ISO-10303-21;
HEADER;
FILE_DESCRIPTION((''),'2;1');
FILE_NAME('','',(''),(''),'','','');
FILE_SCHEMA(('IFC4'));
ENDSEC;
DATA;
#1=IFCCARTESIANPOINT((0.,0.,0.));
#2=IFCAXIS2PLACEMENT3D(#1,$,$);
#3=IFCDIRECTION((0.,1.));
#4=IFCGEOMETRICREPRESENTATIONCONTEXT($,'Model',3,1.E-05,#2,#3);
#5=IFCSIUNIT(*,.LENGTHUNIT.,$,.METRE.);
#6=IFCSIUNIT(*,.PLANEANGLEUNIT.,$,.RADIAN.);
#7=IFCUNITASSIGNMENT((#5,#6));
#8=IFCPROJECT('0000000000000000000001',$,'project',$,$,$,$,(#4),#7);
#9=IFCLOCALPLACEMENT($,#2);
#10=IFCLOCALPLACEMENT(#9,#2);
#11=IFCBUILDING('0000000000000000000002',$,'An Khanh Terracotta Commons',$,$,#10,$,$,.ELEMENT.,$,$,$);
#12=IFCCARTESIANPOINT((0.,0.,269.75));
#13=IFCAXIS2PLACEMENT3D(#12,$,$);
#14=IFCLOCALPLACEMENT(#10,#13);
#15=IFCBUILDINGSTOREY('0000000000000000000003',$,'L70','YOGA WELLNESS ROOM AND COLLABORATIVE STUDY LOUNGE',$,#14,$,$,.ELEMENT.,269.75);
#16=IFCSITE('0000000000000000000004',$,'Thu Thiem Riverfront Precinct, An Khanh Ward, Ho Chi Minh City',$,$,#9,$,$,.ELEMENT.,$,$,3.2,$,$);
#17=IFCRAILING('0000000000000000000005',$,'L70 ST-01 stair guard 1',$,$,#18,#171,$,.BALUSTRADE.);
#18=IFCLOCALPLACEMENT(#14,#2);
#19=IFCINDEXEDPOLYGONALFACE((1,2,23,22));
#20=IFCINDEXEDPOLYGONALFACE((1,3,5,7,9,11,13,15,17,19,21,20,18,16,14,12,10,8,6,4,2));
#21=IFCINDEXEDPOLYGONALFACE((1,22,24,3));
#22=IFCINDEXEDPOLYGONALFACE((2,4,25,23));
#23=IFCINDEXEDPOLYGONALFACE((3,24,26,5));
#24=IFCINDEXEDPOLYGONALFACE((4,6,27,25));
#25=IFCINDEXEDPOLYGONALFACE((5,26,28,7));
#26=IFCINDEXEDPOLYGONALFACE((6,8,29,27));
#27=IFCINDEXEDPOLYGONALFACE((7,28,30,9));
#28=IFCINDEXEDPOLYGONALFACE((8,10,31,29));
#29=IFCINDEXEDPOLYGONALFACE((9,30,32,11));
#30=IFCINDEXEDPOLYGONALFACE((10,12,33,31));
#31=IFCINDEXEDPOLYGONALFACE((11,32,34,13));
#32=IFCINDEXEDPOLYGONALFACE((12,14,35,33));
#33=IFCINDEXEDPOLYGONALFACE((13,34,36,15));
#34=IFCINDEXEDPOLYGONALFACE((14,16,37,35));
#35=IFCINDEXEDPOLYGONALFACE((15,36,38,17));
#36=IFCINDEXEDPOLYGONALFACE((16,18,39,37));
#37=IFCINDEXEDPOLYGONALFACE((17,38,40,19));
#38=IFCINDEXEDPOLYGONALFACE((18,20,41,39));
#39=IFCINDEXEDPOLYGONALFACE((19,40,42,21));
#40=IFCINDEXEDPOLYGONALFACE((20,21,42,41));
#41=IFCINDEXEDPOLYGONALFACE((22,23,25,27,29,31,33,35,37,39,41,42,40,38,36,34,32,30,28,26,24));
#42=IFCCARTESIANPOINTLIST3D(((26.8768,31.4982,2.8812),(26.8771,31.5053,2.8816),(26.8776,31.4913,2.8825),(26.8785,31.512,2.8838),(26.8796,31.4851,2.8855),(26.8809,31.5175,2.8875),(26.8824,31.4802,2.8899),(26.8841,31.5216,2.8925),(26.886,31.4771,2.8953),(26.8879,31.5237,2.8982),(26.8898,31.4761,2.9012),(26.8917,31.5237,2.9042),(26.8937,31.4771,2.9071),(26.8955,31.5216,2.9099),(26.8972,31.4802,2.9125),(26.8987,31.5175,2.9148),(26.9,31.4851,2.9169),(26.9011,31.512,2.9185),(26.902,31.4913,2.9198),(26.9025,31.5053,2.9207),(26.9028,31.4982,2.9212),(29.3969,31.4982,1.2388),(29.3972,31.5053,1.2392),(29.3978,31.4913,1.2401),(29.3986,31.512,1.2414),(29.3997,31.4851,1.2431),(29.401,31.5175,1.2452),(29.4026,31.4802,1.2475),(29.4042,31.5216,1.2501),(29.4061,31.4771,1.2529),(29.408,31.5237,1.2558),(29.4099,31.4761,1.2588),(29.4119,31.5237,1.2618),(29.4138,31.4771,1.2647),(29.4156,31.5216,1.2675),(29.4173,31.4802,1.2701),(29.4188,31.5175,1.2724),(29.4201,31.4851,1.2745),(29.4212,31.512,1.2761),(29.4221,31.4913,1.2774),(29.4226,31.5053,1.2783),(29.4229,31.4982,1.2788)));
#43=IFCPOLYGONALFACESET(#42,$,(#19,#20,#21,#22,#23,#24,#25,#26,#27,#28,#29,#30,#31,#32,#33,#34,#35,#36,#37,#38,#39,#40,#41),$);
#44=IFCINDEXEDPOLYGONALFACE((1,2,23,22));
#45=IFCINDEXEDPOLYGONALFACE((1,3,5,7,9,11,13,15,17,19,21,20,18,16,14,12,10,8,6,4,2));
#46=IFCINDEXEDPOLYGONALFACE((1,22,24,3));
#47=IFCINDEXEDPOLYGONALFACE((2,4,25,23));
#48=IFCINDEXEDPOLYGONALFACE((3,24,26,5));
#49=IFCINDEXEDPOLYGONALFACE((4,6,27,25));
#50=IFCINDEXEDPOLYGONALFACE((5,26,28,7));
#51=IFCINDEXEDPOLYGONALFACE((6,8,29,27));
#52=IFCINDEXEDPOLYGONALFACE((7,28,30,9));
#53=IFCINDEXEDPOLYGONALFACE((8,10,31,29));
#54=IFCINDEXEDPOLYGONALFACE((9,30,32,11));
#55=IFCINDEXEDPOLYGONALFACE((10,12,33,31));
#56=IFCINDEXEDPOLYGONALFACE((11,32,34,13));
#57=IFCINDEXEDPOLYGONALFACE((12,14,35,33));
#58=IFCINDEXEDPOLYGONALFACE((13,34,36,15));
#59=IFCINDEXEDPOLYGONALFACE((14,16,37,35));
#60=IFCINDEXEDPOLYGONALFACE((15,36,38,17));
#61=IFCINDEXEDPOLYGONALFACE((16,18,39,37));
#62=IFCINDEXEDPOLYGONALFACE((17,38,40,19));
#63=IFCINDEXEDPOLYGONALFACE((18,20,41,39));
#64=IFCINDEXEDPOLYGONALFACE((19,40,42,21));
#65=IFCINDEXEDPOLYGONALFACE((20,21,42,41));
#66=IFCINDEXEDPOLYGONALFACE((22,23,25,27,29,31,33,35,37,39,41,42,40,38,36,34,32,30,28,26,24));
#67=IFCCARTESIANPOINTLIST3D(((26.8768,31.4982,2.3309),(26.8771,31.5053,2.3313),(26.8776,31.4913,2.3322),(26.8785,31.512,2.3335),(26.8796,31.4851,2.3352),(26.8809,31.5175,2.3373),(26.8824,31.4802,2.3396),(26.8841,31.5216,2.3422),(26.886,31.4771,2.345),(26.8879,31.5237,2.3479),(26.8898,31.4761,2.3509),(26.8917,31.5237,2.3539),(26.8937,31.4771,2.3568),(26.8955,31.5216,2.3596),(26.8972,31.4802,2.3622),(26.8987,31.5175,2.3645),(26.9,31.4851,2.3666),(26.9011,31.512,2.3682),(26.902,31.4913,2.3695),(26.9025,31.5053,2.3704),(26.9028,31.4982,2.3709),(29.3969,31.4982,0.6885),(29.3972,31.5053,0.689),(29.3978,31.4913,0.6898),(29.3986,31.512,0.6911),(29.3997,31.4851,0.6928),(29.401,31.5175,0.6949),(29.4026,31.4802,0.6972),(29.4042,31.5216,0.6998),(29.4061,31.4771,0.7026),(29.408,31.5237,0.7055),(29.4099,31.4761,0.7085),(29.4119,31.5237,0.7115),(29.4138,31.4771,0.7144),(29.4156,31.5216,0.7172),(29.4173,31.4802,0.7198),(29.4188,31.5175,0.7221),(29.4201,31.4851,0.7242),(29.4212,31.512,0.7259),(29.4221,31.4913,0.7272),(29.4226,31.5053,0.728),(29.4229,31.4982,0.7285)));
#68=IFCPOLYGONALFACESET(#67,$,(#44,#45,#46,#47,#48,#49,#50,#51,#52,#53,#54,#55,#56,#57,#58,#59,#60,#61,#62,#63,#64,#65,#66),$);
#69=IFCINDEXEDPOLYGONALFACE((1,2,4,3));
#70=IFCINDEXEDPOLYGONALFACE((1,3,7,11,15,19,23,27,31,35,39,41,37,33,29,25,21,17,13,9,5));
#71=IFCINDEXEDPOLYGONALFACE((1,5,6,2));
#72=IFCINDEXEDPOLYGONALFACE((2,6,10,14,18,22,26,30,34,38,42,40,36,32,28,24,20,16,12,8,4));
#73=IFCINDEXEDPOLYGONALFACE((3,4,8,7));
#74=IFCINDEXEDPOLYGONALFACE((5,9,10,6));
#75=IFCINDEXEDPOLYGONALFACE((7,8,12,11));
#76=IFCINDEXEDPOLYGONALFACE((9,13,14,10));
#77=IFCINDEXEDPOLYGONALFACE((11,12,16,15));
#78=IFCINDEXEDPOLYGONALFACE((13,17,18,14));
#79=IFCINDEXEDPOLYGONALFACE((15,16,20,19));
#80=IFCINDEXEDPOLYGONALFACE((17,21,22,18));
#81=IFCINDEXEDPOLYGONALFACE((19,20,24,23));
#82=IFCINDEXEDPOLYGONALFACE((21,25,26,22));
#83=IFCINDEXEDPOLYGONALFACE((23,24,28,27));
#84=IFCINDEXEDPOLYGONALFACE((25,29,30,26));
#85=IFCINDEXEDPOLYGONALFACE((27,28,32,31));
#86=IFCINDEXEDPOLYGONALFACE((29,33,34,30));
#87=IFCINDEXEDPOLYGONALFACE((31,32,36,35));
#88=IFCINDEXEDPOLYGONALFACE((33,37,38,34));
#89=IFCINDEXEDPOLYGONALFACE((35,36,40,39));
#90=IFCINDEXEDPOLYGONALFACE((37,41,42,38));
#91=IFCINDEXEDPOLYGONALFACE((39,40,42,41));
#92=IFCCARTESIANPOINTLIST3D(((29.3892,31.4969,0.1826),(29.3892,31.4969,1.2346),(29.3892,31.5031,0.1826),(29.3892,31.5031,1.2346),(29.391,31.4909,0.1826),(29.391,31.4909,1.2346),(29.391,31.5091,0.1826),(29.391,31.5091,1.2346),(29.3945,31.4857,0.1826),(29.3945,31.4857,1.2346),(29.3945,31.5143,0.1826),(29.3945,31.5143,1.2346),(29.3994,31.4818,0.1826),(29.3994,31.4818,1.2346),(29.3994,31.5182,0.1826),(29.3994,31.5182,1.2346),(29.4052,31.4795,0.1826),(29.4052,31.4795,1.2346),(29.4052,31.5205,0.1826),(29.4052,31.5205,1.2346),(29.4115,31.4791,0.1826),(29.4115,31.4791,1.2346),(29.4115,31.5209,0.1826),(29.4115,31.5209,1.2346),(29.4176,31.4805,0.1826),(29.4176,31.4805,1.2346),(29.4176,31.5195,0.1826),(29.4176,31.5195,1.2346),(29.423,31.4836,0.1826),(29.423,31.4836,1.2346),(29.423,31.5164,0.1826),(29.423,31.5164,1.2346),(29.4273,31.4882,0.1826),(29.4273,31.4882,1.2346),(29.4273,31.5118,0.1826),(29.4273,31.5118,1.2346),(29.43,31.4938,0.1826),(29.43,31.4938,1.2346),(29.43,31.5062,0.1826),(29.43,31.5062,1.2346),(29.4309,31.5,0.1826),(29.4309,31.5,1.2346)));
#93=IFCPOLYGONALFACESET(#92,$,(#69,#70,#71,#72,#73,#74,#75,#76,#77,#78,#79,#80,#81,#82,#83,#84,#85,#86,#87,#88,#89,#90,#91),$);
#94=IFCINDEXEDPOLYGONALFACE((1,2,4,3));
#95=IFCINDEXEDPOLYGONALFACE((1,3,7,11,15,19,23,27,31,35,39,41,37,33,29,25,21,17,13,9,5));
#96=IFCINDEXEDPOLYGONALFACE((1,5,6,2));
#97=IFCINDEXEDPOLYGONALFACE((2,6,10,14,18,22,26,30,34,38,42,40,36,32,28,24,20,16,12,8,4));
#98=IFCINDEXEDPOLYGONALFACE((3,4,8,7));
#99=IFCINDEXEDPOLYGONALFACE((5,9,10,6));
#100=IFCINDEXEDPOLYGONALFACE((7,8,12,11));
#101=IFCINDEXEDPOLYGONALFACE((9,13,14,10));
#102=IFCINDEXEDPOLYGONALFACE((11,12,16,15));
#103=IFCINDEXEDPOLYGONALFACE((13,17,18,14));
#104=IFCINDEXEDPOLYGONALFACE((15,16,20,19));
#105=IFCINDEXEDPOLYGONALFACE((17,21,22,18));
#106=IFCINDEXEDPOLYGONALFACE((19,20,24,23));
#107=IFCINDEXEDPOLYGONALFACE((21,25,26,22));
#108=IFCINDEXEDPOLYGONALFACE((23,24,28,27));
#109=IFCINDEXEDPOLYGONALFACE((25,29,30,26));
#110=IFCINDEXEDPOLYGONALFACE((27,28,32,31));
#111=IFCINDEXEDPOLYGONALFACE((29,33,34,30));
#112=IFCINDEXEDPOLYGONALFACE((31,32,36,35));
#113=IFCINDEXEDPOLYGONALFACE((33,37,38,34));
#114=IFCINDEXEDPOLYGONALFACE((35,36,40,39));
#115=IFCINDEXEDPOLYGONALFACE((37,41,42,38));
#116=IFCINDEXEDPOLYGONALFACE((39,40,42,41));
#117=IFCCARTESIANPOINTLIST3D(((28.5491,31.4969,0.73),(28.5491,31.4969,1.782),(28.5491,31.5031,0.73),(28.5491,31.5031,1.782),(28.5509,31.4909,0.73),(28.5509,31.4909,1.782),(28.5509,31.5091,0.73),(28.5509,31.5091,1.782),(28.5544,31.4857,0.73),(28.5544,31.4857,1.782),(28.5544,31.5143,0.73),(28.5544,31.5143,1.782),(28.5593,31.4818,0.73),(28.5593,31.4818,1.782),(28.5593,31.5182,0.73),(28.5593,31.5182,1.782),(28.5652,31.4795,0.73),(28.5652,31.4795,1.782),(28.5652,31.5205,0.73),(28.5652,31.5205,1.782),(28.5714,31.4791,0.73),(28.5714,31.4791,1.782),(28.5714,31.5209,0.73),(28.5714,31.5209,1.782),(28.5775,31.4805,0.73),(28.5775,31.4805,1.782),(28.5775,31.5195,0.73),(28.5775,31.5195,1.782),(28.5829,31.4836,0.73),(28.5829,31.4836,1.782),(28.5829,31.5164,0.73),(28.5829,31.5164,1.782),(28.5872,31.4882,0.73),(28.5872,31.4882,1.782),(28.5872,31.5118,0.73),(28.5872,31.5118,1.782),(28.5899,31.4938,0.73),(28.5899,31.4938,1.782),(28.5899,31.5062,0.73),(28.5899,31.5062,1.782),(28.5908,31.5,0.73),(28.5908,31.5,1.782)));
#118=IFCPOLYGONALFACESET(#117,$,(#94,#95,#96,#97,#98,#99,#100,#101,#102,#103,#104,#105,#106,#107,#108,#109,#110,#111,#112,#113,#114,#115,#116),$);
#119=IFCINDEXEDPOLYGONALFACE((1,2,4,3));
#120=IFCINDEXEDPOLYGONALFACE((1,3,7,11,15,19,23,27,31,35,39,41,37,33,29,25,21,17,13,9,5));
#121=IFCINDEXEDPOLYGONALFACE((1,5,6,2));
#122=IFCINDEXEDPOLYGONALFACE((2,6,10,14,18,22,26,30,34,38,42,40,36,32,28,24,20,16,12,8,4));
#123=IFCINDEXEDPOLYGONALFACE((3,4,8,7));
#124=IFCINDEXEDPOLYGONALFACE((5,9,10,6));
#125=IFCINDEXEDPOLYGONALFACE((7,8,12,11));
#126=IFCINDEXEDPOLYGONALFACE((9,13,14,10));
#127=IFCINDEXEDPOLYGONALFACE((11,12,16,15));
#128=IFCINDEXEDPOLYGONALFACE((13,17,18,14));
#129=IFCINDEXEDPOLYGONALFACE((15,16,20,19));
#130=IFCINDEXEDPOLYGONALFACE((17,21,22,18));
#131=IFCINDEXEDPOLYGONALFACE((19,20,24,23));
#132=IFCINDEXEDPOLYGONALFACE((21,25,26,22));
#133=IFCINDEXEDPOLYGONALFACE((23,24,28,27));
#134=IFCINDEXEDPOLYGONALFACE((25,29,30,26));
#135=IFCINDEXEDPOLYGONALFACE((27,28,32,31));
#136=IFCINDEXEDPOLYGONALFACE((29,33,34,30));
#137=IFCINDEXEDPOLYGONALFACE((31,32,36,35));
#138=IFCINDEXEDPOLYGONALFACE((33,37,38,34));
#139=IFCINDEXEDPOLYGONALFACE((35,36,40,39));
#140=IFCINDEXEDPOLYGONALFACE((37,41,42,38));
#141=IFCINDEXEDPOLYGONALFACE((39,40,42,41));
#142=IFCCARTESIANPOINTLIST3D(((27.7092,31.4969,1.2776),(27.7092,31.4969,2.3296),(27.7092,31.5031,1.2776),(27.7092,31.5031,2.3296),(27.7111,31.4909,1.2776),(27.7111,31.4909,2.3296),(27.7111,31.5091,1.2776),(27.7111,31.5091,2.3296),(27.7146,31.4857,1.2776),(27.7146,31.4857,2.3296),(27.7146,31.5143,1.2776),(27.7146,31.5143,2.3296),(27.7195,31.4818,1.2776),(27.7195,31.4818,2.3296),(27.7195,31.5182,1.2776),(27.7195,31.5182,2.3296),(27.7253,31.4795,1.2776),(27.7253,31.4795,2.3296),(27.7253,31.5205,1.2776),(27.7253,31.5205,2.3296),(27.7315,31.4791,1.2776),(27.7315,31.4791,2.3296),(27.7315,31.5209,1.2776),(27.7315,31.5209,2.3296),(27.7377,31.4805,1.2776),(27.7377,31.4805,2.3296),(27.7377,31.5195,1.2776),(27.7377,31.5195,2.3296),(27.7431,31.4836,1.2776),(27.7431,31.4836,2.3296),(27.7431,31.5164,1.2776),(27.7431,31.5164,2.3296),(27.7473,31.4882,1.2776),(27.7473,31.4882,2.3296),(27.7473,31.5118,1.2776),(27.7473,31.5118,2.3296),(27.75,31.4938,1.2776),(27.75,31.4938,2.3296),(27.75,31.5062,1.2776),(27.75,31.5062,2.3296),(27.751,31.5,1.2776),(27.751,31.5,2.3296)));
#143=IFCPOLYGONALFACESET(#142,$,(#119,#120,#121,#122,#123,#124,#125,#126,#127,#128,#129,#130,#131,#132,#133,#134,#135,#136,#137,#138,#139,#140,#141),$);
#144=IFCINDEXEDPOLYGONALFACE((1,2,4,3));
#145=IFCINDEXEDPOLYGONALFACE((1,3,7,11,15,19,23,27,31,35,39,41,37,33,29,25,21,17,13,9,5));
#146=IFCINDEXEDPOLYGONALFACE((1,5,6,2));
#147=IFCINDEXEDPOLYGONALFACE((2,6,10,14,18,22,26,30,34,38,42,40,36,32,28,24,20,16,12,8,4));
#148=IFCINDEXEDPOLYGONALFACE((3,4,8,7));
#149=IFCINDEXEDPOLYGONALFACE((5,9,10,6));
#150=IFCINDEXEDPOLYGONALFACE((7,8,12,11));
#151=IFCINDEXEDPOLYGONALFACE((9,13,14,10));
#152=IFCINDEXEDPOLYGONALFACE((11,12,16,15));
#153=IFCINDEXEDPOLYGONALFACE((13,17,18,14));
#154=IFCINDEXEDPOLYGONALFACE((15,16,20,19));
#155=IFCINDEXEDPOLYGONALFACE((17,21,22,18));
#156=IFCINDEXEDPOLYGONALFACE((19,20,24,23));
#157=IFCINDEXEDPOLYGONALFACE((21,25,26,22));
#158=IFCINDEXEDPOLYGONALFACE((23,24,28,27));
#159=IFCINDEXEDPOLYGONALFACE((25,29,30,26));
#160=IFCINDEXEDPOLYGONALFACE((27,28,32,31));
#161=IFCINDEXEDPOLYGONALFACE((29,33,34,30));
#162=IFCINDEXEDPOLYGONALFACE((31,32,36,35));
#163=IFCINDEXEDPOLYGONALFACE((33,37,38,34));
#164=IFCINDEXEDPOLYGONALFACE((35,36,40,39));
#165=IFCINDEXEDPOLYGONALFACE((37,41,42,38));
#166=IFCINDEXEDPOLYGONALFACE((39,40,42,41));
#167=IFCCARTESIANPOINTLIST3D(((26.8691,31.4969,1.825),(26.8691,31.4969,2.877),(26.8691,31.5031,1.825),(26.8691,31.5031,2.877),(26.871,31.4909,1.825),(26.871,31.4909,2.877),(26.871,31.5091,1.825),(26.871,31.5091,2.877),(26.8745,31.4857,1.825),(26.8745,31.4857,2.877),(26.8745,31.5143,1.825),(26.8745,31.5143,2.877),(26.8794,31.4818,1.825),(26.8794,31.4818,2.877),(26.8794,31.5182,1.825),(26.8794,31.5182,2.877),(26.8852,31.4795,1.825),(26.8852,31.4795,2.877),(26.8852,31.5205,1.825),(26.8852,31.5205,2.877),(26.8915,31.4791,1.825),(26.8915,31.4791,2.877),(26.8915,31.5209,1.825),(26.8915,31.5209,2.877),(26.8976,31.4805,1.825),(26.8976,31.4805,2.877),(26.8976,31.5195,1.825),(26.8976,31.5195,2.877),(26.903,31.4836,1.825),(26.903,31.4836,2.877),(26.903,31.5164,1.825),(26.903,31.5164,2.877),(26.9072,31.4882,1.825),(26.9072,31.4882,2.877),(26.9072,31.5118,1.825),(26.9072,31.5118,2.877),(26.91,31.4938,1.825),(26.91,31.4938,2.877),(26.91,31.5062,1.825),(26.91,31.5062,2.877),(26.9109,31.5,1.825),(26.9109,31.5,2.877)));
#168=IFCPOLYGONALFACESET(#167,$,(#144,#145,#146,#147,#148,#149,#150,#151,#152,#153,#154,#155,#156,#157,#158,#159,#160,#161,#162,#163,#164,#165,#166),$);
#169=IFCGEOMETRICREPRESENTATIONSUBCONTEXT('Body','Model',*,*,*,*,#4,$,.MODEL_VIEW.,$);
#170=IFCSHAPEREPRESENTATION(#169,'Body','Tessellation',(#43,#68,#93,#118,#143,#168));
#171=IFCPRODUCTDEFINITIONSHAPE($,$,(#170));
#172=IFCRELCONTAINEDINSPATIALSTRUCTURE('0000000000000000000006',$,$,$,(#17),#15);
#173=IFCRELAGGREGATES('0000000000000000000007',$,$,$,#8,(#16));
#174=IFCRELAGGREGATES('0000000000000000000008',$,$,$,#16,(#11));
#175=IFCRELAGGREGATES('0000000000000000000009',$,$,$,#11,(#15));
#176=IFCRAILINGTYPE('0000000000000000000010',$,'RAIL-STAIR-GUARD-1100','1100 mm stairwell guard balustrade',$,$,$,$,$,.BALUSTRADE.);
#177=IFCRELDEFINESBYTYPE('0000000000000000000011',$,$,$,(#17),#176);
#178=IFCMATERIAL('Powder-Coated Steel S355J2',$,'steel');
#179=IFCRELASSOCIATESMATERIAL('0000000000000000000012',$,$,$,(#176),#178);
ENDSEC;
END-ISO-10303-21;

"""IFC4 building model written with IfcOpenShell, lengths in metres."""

from ifc_helpers import new_model, si_unit, direction, frame, origin, origin_2d, place, context, subcontext, project, spatial, circle, extrude, material, type_object, element, save


model = new_model("IFC4")

# Units and contexts
model_context = context("Model", 3, precision=1e-05, world=origin(), true_north=direction((0.0, 1.0)))
body_context = subcontext(model_context, "Body", "Model", "MODEL_VIEW")
ifc_project = project(units=[si_unit("LENGTHUNIT", "METRE"), si_unit("PLANEANGLEUNIT", "RADIAN")], contexts=[model_context])

# Site, building, storey
site_placement = place(None, origin())
site = spatial("IfcSite", under=ifc_project, at=site_placement, Name="Thu Thiem Riverfront Precinct, An Khanh Ward, Ho Chi Minh City", CompositionType="ELEMENT", RefElevation=3.2)
building_placement = place(site_placement, origin())
building = spatial("IfcBuilding", under=site, at=building_placement, Name="An Khanh Terracotta Commons", CompositionType="ELEMENT")
storey_placement = place(building_placement, frame((0.0, 0.0, 269.75)))
storey = spatial("IfcBuildingStorey", under=building, at=storey_placement, Name="L70", Description="YOGA WELLNESS ROOM AND COLLABORATIVE STUDY LOUNGE", CompositionType="ELEMENT", Elevation=269.75)

# Railing
ifc_material_1 = material(Name="Powder-Coated Steel S355J2", Category="steel")
railing_type_1 = type_object("IfcRailingType", Name="RAIL-STAIR-GUARD-1100", Description="1100 mm stairwell guard balustrade", PredefinedType="BALUSTRADE", material=ifc_material_1)
railing_1_placement = place(storey_placement, frame((29.4099, 31.5, 0.1826)))
element("IfcRailing", 1, at=railing_1_placement, inside=storey, type_object=railing_type_1, Name="L70 ST-01 stair guard 1", PredefinedType="BALUSTRADE", context=body_context, shape_type="SweptSolid", body=[
    extrude(circle(Radius=0.0239, at=origin_2d()), frame((0.0, 0.0, 1.0762), z_axis=(-0.837787, 0.0, 0.545998), x_axis=(0.0, -1.0, 0.0)), (0.0, 0.0, 1.0), 3.0081),
    extrude(circle(Radius=0.0239, at=origin_2d()), frame((0.0, 0.0, 0.5259), z_axis=(-0.837787, 0.0, 0.545998), x_axis=(0.0, -1.0, 0.0)), (0.0, 0.0, 1.0), 3.0081),
    extrude(circle(Radius=0.021, at=origin_2d()), origin(), (0.0, 0.0, 1.0), 1.052),
    extrude(circle(Radius=0.021, at=origin_2d()), frame((-0.8401, 0.0, 0.5474)), (0.0, 0.0, 1.0), 1.052),
    extrude(circle(Radius=0.021, at=origin_2d()), frame((-1.6799, 0.0, 1.095)), (0.0, 0.0, 1.0), 1.052),
    extrude(circle(Radius=0.021, at=origin_2d()), frame((-2.52, 0.0, 1.6423)), (0.0, 0.0, 1.0), 1.052),
])

save(model, "model.ifc")
